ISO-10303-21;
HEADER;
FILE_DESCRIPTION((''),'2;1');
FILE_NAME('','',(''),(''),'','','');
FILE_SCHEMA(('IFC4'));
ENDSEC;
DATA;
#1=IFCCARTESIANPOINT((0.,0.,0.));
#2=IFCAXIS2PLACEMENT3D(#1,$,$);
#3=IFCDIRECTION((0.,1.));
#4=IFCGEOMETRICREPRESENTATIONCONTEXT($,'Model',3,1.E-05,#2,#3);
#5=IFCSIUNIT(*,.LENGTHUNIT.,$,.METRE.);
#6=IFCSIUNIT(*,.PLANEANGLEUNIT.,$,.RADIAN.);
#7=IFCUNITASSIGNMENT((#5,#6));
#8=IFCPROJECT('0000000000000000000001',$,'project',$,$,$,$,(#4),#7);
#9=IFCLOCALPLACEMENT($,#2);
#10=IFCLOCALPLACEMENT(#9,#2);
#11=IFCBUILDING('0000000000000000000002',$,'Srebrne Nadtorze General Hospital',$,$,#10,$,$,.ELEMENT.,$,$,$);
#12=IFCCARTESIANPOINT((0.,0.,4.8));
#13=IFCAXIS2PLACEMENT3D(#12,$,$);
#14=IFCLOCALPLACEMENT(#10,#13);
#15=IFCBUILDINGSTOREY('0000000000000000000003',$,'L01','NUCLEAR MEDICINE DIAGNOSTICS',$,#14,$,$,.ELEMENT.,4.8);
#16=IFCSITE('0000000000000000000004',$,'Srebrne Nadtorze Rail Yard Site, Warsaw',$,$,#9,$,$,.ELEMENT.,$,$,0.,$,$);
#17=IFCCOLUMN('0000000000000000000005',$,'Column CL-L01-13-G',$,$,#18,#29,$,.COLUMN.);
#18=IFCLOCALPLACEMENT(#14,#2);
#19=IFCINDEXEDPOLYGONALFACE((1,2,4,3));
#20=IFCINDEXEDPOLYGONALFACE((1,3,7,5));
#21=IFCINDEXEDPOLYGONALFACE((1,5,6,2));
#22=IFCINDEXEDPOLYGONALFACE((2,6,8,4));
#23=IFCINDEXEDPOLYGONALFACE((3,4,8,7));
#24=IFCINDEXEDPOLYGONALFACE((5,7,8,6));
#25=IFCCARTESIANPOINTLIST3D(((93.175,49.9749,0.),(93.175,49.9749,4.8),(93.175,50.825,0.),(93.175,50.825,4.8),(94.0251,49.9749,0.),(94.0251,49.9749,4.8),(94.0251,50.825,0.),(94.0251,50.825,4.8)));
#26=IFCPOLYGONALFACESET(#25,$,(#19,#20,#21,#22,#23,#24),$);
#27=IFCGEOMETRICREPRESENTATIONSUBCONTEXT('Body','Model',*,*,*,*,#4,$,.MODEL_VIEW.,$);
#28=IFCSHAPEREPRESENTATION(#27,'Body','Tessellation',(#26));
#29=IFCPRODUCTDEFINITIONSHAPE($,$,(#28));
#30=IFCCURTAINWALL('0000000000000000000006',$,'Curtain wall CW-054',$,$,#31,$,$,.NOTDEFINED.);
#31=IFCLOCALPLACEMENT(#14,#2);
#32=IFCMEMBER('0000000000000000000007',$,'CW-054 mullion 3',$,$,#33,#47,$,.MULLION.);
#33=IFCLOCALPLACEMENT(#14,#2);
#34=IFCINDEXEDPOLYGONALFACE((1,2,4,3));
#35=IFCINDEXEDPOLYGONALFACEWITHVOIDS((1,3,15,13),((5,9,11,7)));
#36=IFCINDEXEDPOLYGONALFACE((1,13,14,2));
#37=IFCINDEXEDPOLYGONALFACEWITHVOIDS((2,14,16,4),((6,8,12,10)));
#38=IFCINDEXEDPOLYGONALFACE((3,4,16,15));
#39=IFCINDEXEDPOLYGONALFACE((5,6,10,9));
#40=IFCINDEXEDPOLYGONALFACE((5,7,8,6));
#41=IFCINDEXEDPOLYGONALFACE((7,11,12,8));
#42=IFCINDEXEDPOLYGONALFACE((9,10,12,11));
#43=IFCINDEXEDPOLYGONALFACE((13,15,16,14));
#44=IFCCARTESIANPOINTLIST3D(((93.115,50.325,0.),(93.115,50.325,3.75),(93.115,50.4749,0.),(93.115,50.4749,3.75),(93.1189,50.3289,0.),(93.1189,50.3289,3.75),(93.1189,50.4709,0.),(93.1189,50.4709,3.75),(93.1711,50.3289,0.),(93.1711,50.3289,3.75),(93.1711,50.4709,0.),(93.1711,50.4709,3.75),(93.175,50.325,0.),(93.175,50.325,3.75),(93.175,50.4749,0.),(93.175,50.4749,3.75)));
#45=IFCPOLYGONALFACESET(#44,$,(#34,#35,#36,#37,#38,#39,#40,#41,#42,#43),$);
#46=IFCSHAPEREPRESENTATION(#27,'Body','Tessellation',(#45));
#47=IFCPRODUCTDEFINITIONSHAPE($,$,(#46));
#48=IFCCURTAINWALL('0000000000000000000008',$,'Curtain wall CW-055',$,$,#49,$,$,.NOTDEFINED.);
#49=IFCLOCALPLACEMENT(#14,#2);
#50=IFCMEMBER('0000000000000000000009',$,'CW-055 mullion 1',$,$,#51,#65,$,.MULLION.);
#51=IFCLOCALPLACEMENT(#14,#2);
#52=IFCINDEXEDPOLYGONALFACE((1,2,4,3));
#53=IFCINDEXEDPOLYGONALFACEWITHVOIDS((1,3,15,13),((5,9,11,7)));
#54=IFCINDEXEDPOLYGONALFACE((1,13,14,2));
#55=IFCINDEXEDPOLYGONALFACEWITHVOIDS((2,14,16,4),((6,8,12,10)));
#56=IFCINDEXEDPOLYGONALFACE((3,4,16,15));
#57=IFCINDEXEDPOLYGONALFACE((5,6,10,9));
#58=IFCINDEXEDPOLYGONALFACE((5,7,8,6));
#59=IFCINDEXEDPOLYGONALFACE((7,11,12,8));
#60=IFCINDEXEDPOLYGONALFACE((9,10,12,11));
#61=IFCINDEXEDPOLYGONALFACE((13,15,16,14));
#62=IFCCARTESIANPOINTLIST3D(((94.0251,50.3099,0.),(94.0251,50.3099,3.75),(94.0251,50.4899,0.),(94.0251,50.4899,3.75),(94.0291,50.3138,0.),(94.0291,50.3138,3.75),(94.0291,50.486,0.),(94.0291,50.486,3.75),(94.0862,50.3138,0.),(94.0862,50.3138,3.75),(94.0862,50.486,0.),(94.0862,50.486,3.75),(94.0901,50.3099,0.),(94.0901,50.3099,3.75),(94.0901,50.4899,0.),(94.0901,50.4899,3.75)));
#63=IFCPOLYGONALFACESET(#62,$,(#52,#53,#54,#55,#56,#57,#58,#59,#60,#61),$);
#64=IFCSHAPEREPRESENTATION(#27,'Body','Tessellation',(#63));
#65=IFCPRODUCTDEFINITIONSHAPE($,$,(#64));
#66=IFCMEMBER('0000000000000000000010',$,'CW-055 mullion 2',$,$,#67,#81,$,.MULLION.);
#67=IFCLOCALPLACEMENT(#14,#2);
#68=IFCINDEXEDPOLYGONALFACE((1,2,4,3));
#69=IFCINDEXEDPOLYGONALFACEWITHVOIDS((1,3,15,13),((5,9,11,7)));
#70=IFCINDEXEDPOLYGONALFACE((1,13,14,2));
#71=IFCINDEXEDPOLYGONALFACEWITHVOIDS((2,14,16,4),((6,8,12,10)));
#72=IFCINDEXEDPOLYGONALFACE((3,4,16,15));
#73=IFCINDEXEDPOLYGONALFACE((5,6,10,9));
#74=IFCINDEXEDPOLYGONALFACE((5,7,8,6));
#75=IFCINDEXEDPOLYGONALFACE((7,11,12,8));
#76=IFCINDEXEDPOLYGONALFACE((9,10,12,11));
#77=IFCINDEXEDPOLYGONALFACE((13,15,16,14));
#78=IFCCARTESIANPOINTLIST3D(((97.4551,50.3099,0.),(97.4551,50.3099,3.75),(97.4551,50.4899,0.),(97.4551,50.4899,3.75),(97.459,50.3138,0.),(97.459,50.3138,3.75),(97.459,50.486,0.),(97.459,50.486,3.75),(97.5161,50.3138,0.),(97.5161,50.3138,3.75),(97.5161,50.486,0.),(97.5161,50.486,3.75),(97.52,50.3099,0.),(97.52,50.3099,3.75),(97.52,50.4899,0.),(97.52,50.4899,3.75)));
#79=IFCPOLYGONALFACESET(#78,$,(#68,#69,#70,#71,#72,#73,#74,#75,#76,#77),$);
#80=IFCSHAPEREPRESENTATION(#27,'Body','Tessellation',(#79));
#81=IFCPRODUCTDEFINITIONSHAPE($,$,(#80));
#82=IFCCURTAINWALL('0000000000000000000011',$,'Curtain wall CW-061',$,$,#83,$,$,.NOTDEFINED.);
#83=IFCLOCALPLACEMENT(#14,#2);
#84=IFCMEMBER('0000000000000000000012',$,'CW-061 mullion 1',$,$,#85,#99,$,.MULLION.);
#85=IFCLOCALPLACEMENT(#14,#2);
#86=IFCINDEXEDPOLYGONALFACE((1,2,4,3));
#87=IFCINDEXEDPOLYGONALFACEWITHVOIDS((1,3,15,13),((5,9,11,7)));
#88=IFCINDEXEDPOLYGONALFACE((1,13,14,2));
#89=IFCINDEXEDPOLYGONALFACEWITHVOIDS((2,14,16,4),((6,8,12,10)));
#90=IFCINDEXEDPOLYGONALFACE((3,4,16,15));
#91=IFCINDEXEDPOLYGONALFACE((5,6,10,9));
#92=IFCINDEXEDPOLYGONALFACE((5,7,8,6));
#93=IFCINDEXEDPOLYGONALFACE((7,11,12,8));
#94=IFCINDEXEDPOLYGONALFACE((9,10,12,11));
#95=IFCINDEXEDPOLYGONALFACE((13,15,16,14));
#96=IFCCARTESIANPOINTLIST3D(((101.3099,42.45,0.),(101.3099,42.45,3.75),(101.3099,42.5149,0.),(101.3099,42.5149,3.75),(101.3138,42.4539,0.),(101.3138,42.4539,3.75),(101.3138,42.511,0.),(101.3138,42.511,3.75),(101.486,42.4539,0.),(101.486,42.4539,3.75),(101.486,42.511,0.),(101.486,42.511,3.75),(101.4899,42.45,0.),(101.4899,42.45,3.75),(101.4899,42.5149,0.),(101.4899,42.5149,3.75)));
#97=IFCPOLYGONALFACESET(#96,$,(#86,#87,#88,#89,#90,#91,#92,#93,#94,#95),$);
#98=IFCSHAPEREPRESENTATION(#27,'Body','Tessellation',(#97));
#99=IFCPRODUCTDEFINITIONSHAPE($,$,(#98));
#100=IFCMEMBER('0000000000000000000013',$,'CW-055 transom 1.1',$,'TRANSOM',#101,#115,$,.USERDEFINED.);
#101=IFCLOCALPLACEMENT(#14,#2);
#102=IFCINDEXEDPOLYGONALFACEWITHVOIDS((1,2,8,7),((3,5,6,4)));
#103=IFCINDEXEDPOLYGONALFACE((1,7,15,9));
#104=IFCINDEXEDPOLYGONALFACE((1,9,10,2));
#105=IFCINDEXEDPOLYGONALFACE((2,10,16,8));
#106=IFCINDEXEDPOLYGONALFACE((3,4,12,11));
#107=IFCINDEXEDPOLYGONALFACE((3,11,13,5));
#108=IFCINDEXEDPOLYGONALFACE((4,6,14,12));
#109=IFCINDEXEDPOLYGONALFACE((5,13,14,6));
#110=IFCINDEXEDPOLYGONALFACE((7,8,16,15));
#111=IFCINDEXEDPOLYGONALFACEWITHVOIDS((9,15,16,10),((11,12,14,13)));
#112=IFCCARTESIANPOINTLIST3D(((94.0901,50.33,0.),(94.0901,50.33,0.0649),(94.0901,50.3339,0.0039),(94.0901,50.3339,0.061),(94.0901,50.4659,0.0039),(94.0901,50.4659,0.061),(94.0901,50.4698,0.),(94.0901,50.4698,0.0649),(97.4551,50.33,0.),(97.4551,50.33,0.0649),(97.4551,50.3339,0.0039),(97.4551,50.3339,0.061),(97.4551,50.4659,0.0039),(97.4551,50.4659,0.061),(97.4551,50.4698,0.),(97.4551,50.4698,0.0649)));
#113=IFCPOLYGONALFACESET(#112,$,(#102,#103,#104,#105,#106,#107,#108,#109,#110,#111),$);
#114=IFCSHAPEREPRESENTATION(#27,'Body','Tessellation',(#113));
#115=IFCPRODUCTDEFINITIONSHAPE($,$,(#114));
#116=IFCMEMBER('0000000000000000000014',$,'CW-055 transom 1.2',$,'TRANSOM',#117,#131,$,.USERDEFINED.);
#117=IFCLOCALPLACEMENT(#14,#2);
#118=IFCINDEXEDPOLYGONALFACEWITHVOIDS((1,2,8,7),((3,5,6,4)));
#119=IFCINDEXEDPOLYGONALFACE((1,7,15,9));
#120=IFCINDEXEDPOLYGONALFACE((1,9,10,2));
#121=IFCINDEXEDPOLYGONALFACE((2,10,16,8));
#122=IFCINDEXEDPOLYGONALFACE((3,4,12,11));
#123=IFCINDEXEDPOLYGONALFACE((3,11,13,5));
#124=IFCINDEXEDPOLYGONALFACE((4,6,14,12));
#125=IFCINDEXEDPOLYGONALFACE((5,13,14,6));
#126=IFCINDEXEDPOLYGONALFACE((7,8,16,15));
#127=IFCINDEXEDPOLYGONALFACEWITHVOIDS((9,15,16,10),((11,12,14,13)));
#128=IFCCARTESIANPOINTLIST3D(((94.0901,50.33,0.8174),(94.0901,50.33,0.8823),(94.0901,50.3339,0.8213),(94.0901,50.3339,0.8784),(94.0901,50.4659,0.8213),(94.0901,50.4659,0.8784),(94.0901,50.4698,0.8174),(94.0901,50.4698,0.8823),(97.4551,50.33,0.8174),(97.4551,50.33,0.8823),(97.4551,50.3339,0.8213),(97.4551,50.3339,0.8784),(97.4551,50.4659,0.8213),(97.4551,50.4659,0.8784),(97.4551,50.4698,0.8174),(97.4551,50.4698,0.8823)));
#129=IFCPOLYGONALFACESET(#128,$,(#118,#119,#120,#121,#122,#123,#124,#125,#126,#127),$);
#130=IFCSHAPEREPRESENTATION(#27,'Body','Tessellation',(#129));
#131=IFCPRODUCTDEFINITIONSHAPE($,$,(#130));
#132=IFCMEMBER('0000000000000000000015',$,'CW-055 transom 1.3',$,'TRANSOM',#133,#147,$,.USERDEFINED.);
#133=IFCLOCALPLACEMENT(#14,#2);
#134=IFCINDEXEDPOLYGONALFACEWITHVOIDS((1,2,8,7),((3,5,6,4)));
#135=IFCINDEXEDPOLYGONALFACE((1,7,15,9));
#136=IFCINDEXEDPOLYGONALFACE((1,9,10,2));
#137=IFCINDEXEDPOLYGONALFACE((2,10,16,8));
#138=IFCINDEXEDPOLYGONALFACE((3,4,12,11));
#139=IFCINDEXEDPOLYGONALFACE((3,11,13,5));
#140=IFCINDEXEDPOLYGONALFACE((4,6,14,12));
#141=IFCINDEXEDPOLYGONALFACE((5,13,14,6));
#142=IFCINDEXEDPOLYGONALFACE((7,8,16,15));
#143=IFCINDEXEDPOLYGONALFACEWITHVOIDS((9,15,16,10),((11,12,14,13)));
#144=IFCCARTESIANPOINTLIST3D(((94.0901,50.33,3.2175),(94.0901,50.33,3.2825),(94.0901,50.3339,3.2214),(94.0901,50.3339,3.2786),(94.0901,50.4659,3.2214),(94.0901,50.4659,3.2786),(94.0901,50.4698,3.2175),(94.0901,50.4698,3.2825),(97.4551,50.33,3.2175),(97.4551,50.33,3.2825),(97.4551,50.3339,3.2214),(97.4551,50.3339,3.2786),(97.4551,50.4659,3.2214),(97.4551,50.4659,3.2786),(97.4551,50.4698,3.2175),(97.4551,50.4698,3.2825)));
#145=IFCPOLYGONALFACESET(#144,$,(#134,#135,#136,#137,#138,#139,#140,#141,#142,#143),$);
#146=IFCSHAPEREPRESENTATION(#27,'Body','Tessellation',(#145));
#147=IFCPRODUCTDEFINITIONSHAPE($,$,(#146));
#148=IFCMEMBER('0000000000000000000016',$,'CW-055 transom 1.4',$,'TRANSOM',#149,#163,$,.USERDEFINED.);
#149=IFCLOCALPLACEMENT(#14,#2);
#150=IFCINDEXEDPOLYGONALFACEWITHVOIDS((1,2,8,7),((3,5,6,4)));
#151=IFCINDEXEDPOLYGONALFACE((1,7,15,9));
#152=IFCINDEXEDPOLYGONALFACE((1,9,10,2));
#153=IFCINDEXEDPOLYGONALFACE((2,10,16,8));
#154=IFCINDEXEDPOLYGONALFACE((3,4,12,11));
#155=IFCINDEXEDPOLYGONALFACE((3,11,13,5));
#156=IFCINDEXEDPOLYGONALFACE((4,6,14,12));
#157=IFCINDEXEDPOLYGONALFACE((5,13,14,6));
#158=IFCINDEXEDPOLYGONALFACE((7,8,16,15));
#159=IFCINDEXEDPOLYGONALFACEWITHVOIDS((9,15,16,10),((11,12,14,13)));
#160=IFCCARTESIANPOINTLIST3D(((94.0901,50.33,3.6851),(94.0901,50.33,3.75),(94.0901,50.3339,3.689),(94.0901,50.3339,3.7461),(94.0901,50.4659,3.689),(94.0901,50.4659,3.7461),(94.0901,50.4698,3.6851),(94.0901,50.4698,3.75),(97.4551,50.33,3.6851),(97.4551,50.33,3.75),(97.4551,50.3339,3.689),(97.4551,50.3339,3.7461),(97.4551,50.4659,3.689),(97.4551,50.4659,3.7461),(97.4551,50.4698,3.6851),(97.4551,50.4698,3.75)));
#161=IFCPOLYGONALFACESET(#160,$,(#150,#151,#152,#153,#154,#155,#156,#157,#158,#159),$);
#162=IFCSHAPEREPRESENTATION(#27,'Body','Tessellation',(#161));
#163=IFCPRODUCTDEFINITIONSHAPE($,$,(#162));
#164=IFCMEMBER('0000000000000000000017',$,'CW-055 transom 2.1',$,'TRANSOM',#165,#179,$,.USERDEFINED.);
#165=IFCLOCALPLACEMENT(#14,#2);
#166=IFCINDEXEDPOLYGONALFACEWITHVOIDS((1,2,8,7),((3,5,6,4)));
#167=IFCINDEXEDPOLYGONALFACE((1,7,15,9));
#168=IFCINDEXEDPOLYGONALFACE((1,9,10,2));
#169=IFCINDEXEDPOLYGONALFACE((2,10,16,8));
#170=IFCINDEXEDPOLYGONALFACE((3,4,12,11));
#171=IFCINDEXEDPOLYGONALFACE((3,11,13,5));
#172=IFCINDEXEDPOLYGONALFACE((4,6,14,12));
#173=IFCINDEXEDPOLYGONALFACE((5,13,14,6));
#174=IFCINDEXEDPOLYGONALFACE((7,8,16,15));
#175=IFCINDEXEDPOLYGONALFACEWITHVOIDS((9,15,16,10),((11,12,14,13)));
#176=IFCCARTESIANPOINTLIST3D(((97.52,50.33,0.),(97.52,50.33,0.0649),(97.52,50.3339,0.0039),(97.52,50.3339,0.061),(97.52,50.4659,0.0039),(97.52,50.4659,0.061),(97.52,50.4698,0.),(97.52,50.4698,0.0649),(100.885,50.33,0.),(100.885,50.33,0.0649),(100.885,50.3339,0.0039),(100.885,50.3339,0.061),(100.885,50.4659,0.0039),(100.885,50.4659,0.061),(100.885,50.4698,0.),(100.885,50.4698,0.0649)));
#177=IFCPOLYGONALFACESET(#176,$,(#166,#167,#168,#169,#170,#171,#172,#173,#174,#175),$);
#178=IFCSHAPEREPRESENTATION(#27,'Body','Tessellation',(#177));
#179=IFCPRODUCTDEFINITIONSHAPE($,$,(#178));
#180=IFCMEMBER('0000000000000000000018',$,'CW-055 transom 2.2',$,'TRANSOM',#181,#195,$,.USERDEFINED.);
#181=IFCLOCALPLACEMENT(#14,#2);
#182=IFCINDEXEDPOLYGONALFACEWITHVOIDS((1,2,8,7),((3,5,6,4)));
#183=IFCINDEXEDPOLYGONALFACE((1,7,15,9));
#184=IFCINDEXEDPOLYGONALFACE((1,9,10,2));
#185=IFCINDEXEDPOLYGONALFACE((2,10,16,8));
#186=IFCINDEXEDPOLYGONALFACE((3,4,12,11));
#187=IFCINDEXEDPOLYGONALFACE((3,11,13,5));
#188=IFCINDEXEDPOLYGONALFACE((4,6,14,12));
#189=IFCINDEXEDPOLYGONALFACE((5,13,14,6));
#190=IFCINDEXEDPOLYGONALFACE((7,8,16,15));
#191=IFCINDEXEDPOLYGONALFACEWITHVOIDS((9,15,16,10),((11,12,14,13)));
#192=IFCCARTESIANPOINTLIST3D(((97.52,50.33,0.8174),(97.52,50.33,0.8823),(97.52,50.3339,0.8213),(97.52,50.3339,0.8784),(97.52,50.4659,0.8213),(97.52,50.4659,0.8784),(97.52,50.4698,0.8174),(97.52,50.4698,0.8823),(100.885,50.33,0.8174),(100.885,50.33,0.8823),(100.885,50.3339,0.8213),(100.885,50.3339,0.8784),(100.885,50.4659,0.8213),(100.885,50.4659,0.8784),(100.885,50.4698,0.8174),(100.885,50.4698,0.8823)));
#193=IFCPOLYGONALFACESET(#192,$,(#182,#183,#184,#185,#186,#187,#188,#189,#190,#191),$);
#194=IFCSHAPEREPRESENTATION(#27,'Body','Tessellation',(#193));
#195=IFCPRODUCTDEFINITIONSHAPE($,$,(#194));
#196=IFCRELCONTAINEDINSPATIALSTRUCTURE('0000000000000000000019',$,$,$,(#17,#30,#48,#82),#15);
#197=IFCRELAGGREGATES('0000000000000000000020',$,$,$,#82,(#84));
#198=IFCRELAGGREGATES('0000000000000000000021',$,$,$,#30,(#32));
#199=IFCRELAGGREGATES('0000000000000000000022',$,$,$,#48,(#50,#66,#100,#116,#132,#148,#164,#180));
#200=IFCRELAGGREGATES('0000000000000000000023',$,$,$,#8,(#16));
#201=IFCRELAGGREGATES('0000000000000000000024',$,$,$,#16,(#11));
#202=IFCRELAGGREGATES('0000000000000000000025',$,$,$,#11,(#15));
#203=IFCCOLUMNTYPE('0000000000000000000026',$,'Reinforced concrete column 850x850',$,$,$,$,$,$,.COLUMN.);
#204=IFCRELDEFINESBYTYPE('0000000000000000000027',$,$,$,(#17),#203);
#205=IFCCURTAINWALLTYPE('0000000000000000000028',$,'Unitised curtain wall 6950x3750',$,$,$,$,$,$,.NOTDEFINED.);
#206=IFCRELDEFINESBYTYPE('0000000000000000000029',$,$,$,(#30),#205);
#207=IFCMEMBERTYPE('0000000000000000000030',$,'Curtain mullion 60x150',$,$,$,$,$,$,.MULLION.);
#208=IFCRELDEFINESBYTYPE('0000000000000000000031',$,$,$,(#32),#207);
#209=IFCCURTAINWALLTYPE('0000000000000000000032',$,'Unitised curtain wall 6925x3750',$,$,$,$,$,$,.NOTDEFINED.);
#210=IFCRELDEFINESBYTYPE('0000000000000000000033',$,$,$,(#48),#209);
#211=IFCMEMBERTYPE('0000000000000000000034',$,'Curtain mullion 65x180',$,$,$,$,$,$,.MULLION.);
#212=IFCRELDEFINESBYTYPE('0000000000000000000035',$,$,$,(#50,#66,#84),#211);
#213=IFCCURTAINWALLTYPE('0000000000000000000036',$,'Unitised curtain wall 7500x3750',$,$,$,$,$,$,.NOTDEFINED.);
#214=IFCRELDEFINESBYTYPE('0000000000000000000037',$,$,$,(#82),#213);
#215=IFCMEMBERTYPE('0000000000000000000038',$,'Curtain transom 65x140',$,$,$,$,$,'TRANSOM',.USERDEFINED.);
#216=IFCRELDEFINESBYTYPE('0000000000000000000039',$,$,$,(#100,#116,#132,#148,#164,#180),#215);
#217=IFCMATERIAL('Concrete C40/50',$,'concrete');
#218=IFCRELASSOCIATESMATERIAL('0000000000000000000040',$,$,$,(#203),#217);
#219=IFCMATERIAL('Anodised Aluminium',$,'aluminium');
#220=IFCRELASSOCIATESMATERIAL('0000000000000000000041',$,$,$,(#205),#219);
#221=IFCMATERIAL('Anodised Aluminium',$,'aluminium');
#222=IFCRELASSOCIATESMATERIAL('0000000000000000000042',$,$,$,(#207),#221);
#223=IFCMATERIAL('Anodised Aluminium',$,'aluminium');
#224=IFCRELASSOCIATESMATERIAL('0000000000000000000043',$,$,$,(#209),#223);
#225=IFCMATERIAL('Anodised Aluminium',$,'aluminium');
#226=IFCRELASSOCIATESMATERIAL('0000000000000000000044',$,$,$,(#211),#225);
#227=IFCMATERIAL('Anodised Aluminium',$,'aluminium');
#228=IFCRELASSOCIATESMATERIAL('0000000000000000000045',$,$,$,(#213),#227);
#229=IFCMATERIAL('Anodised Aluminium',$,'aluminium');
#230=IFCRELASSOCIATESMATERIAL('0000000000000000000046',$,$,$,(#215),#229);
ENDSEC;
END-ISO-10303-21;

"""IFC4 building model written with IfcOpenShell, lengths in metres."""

from ifc_helpers import new_model, si_unit, direction, frame, origin, origin_2d, place, context, subcontext, project, spatial, rectangle, hollow_rectangle, extrude, material, material_profile, profile_set, type_object, element, aggregate, save


model = new_model("IFC4")

# Units and contexts
model_context = context("Model", 3, precision=1e-05, world=origin(), true_north=direction((0.0, 1.0)))
body_context = subcontext(model_context, "Body", "Model", "MODEL_VIEW")
ifc_project = project(units=[si_unit("LENGTHUNIT", "METRE"), si_unit("PLANEANGLEUNIT", "RADIAN")], contexts=[model_context])

# Site, building, storey
site_placement = place(None, origin())
site = spatial("IfcSite", under=ifc_project, at=site_placement, Name="Srebrne Nadtorze Rail Yard Site, Warsaw", CompositionType="ELEMENT", RefElevation=0.0)
building_placement = place(site_placement, origin())
building = spatial("IfcBuilding", under=site, at=building_placement, Name="Srebrne Nadtorze General Hospital", CompositionType="ELEMENT")
storey_placement = place(building_placement, frame((0.0, 0.0, 4.8)))
storey = spatial("IfcBuildingStorey", under=building, at=storey_placement, Name="L01", Description="NUCLEAR MEDICINE DIAGNOSTICS", CompositionType="ELEMENT", Elevation=4.8)

# Column
ifc_material_1 = material(Name="Concrete C40/50", Category="concrete")
ifc_material_profile_1 = material_profile(ifc_material_1, rectangle(XDim=0.8501, YDim=0.8501, at=origin_2d()), Name="RC-COL-850x850")
ifc_profile_set_1 = profile_set([ifc_material_profile_1], Name="Concrete C40/50")
column_type = type_object("IfcColumnType", Name="Reinforced concrete column 850x850", PredefinedType="COLUMN", material=ifc_profile_set_1)
column_placement = place(storey_placement, frame((93.6001, 50.3999, 0.0), z_axis=(0.0, 0.0, 1.0), x_axis=(1.0, 0.0, 0.0)))
element("IfcColumn", 1, at=column_placement, inside=storey, type_object=column_type, Name="Column CL-L01-13-G", PredefinedType="COLUMN", context=body_context, shape_type="SweptSolid", body=[
    extrude(rectangle(XDim=0.8501, YDim=0.8501, at=origin_2d()), origin(), (0.0, 0.0, 1.0), 4.8),
])

# Curtain wall, member
ifc_material_2 = material(Name="Anodised Aluminium", Category="aluminium")
curtain_wall_type_1 = type_object("IfcCurtainWallType", Name="Unitised curtain wall 6950x3750", PredefinedType="NOTDEFINED", material=ifc_material_2)
curtain_wall_1_placement = place(storey_placement, origin())
curtain_wall_1 = element("IfcCurtainWall", 2, at=curtain_wall_1_placement, inside=storey, type_object=curtain_wall_type_1, Name="Curtain wall CW-054", PredefinedType="NOTDEFINED")
ifc_material_3 = material(Name="Anodised Aluminium", Category="aluminium")
ifc_material_profile_2 = material_profile(ifc_material_3, hollow_rectangle(XDim=0.0601, YDim=0.1499, WallThickness=0.0039, at=origin_2d()), Name="AL-MUL-60x150")
ifc_profile_set_2 = profile_set([ifc_material_profile_2], Name="Anodised Aluminium")
member_type_1 = type_object("IfcMemberType", Name="Curtain mullion 60x150", PredefinedType="MULLION", material=ifc_profile_set_2)
member_1_placement = place(storey_placement, frame((93.145, 50.3999, 0.0), z_axis=(0.0, 0.0, 1.0), x_axis=(1.0, 0.0, 0.0)))
member_1 = element("IfcMember", 3, at=member_1_placement, type_object=member_type_1, Name="CW-054 mullion 3", PredefinedType="MULLION", context=body_context, shape_type="SweptSolid", body=[
    extrude(hollow_rectangle(XDim=0.0601, YDim=0.1499, WallThickness=0.0039, at=origin_2d()), origin(), (0.0, 0.0, 1.0), 3.75),
])

# Curtain wall, members
ifc_material_4 = material(Name="Anodised Aluminium", Category="aluminium")
curtain_wall_type_2 = type_object("IfcCurtainWallType", Name="Unitised curtain wall 6925x3750", PredefinedType="NOTDEFINED", material=ifc_material_4)
curtain_wall_2_placement = place(storey_placement, origin())
curtain_wall_2 = element("IfcCurtainWall", 4, at=curtain_wall_2_placement, inside=storey, type_object=curtain_wall_type_2, Name="Curtain wall CW-055", PredefinedType="NOTDEFINED")
ifc_material_5 = material(Name="Anodised Aluminium", Category="aluminium")
ifc_material_profile_3 = material_profile(ifc_material_5, hollow_rectangle(XDim=0.0649, YDim=0.1799, WallThickness=0.0039, at=origin_2d()), Name="AL-MUL-65x180")
ifc_profile_set_3 = profile_set([ifc_material_profile_3], Name="Anodised Aluminium")
member_type_2 = type_object("IfcMemberType", Name="Curtain mullion 65x180", PredefinedType="MULLION", material=ifc_profile_set_3)
member_2_placement = place(storey_placement, frame((94.0576, 50.3999, 0.0), z_axis=(0.0, 0.0, 1.0), x_axis=(1.0, 0.0, 0.0)))
member_2 = element("IfcMember", 5, at=member_2_placement, type_object=member_type_2, Name="CW-055 mullion 1", PredefinedType="MULLION", context=body_context, shape_type="SweptSolid", body=[
    extrude(hollow_rectangle(XDim=0.0649, YDim=0.1799, WallThickness=0.0039, at=origin_2d()), origin(), (0.0, 0.0, 1.0), 3.75),
])
member_3_placement = place(storey_placement, frame((97.4875, 50.3999, 0.0), z_axis=(0.0, 0.0, 1.0), x_axis=(1.0, 0.0, 0.0)))
member_3 = element("IfcMember", 6, at=member_3_placement, type_object=member_type_2, Name="CW-055 mullion 2", PredefinedType="MULLION", context=body_context, shape_type="SweptSolid", body=[
    extrude(hollow_rectangle(XDim=0.0649, YDim=0.1799, WallThickness=0.0039, at=origin_2d()), origin(), (0.0, 0.0, 1.0), 3.75),
])

# Curtain wall, member
ifc_material_6 = material(Name="Anodised Aluminium", Category="aluminium")
curtain_wall_type_3 = type_object("IfcCurtainWallType", Name="Unitised curtain wall 7500x3750", PredefinedType="NOTDEFINED", material=ifc_material_6)
curtain_wall_3_placement = place(storey_placement, origin())
curtain_wall_3 = element("IfcCurtainWall", 7, at=curtain_wall_3_placement, inside=storey, type_object=curtain_wall_type_3, Name="Curtain wall CW-061", PredefinedType="NOTDEFINED")
member_4_placement = place(storey_placement, frame((101.3999, 42.4824, 0.0), z_axis=(0.0, 0.0, 1.0), x_axis=(0.0, 1.0, 0.0)))
member_4 = element("IfcMember", 8, at=member_4_placement, type_object=member_type_2, Name="CW-061 mullion 1", PredefinedType="MULLION", context=body_context, shape_type="SweptSolid", body=[
    extrude(hollow_rectangle(XDim=0.0649, YDim=0.1799, WallThickness=0.0039, at=origin_2d()), origin(), (0.0, 0.0, 1.0), 3.75),
])

# Members
ifc_material_7 = material(Name="Anodised Aluminium", Category="aluminium")
ifc_material_profile_4 = material_profile(ifc_material_7, hollow_rectangle(XDim=0.0649, YDim=0.1399, WallThickness=0.0039, at=origin_2d()), Name="AL-TRN-65x140")
ifc_profile_set_4 = profile_set([ifc_material_profile_4], Name="Anodised Aluminium")
member_type_3 = type_object("IfcMemberType", Name="Curtain transom 65x140", ElementType="TRANSOM", PredefinedType="USERDEFINED", material=ifc_profile_set_4)
member_5_placement = place(storey_placement, frame((94.0901, 50.3999, 0.0325), z_axis=(1.0, 0.0, 0.0), x_axis=(0.0, 0.0, 1.0)))
member_5 = element("IfcMember", 9, at=member_5_placement, type_object=member_type_3, Name="CW-055 transom 1.1", ObjectType="TRANSOM", PredefinedType="USERDEFINED", context=body_context, shape_type="SweptSolid", body=[
    extrude(hollow_rectangle(XDim=0.0649, YDim=0.1399, WallThickness=0.0039, at=origin_2d()), origin(), (0.0, 0.0, 1.0), 3.365),
])
member_6_placement = place(storey_placement, frame((94.0901, 50.3999, 0.8499), z_axis=(1.0, 0.0, 0.0), x_axis=(0.0, 0.0, 1.0)))
member_6 = element("IfcMember", 10, at=member_6_placement, type_object=member_type_3, Name="CW-055 transom 1.2", ObjectType="TRANSOM", PredefinedType="USERDEFINED", context=body_context, shape_type="SweptSolid", body=[
    extrude(hollow_rectangle(XDim=0.0649, YDim=0.1399, WallThickness=0.0039, at=origin_2d()), origin(), (0.0, 0.0, 1.0), 3.365),
])
member_7_placement = place(storey_placement, frame((94.0901, 50.3999, 3.25), z_axis=(1.0, 0.0, 0.0), x_axis=(0.0, 0.0, 1.0)))
member_7 = element("IfcMember", 11, at=member_7_placement, type_object=member_type_3, Name="CW-055 transom 1.3", ObjectType="TRANSOM", PredefinedType="USERDEFINED", context=body_context, shape_type="SweptSolid", body=[
    extrude(hollow_rectangle(XDim=0.0649, YDim=0.1399, WallThickness=0.0039, at=origin_2d()), origin(), (0.0, 0.0, 1.0), 3.365),
])
member_8_placement = place(storey_placement, frame((94.0901, 50.3999, 3.7175), z_axis=(1.0, 0.0, 0.0), x_axis=(0.0, 0.0, 1.0)))
member_8 = element("IfcMember", 12, at=member_8_placement, type_object=member_type_3, Name="CW-055 transom 1.4", ObjectType="TRANSOM", PredefinedType="USERDEFINED", context=body_context, shape_type="SweptSolid", body=[
    extrude(hollow_rectangle(XDim=0.0649, YDim=0.1399, WallThickness=0.0039, at=origin_2d()), origin(), (0.0, 0.0, 1.0), 3.365),
])
member_9_placement = place(storey_placement, frame((97.52, 50.3999, 0.0325), z_axis=(1.0, 0.0, 0.0), x_axis=(0.0, 0.0, 1.0)))
member_9 = element("IfcMember", 13, at=member_9_placement, type_object=member_type_3, Name="CW-055 transom 2.1", ObjectType="TRANSOM", PredefinedType="USERDEFINED", context=body_context, shape_type="SweptSolid", body=[
    extrude(hollow_rectangle(XDim=0.0649, YDim=0.1399, WallThickness=0.0039, at=origin_2d()), origin(), (0.0, 0.0, 1.0), 3.365),
])
member_10_placement = place(storey_placement, frame((97.52, 50.3999, 0.8499), z_axis=(1.0, 0.0, 0.0), x_axis=(0.0, 0.0, 1.0)))
member_10 = element("IfcMember", 14, at=member_10_placement, type_object=member_type_3, Name="CW-055 transom 2.2", ObjectType="TRANSOM", PredefinedType="USERDEFINED", context=body_context, shape_type="SweptSolid", body=[
    extrude(hollow_rectangle(XDim=0.0649, YDim=0.1399, WallThickness=0.0039, at=origin_2d()), origin(), (0.0, 0.0, 1.0), 3.365),
])
aggregate(curtain_wall_3, [member_4])

aggregate(curtain_wall_1, [member_1])
aggregate(curtain_wall_2, [member_2, member_3, member_5, member_6, member_7, member_8, member_9, member_10])

save(model, "model.ifc")
